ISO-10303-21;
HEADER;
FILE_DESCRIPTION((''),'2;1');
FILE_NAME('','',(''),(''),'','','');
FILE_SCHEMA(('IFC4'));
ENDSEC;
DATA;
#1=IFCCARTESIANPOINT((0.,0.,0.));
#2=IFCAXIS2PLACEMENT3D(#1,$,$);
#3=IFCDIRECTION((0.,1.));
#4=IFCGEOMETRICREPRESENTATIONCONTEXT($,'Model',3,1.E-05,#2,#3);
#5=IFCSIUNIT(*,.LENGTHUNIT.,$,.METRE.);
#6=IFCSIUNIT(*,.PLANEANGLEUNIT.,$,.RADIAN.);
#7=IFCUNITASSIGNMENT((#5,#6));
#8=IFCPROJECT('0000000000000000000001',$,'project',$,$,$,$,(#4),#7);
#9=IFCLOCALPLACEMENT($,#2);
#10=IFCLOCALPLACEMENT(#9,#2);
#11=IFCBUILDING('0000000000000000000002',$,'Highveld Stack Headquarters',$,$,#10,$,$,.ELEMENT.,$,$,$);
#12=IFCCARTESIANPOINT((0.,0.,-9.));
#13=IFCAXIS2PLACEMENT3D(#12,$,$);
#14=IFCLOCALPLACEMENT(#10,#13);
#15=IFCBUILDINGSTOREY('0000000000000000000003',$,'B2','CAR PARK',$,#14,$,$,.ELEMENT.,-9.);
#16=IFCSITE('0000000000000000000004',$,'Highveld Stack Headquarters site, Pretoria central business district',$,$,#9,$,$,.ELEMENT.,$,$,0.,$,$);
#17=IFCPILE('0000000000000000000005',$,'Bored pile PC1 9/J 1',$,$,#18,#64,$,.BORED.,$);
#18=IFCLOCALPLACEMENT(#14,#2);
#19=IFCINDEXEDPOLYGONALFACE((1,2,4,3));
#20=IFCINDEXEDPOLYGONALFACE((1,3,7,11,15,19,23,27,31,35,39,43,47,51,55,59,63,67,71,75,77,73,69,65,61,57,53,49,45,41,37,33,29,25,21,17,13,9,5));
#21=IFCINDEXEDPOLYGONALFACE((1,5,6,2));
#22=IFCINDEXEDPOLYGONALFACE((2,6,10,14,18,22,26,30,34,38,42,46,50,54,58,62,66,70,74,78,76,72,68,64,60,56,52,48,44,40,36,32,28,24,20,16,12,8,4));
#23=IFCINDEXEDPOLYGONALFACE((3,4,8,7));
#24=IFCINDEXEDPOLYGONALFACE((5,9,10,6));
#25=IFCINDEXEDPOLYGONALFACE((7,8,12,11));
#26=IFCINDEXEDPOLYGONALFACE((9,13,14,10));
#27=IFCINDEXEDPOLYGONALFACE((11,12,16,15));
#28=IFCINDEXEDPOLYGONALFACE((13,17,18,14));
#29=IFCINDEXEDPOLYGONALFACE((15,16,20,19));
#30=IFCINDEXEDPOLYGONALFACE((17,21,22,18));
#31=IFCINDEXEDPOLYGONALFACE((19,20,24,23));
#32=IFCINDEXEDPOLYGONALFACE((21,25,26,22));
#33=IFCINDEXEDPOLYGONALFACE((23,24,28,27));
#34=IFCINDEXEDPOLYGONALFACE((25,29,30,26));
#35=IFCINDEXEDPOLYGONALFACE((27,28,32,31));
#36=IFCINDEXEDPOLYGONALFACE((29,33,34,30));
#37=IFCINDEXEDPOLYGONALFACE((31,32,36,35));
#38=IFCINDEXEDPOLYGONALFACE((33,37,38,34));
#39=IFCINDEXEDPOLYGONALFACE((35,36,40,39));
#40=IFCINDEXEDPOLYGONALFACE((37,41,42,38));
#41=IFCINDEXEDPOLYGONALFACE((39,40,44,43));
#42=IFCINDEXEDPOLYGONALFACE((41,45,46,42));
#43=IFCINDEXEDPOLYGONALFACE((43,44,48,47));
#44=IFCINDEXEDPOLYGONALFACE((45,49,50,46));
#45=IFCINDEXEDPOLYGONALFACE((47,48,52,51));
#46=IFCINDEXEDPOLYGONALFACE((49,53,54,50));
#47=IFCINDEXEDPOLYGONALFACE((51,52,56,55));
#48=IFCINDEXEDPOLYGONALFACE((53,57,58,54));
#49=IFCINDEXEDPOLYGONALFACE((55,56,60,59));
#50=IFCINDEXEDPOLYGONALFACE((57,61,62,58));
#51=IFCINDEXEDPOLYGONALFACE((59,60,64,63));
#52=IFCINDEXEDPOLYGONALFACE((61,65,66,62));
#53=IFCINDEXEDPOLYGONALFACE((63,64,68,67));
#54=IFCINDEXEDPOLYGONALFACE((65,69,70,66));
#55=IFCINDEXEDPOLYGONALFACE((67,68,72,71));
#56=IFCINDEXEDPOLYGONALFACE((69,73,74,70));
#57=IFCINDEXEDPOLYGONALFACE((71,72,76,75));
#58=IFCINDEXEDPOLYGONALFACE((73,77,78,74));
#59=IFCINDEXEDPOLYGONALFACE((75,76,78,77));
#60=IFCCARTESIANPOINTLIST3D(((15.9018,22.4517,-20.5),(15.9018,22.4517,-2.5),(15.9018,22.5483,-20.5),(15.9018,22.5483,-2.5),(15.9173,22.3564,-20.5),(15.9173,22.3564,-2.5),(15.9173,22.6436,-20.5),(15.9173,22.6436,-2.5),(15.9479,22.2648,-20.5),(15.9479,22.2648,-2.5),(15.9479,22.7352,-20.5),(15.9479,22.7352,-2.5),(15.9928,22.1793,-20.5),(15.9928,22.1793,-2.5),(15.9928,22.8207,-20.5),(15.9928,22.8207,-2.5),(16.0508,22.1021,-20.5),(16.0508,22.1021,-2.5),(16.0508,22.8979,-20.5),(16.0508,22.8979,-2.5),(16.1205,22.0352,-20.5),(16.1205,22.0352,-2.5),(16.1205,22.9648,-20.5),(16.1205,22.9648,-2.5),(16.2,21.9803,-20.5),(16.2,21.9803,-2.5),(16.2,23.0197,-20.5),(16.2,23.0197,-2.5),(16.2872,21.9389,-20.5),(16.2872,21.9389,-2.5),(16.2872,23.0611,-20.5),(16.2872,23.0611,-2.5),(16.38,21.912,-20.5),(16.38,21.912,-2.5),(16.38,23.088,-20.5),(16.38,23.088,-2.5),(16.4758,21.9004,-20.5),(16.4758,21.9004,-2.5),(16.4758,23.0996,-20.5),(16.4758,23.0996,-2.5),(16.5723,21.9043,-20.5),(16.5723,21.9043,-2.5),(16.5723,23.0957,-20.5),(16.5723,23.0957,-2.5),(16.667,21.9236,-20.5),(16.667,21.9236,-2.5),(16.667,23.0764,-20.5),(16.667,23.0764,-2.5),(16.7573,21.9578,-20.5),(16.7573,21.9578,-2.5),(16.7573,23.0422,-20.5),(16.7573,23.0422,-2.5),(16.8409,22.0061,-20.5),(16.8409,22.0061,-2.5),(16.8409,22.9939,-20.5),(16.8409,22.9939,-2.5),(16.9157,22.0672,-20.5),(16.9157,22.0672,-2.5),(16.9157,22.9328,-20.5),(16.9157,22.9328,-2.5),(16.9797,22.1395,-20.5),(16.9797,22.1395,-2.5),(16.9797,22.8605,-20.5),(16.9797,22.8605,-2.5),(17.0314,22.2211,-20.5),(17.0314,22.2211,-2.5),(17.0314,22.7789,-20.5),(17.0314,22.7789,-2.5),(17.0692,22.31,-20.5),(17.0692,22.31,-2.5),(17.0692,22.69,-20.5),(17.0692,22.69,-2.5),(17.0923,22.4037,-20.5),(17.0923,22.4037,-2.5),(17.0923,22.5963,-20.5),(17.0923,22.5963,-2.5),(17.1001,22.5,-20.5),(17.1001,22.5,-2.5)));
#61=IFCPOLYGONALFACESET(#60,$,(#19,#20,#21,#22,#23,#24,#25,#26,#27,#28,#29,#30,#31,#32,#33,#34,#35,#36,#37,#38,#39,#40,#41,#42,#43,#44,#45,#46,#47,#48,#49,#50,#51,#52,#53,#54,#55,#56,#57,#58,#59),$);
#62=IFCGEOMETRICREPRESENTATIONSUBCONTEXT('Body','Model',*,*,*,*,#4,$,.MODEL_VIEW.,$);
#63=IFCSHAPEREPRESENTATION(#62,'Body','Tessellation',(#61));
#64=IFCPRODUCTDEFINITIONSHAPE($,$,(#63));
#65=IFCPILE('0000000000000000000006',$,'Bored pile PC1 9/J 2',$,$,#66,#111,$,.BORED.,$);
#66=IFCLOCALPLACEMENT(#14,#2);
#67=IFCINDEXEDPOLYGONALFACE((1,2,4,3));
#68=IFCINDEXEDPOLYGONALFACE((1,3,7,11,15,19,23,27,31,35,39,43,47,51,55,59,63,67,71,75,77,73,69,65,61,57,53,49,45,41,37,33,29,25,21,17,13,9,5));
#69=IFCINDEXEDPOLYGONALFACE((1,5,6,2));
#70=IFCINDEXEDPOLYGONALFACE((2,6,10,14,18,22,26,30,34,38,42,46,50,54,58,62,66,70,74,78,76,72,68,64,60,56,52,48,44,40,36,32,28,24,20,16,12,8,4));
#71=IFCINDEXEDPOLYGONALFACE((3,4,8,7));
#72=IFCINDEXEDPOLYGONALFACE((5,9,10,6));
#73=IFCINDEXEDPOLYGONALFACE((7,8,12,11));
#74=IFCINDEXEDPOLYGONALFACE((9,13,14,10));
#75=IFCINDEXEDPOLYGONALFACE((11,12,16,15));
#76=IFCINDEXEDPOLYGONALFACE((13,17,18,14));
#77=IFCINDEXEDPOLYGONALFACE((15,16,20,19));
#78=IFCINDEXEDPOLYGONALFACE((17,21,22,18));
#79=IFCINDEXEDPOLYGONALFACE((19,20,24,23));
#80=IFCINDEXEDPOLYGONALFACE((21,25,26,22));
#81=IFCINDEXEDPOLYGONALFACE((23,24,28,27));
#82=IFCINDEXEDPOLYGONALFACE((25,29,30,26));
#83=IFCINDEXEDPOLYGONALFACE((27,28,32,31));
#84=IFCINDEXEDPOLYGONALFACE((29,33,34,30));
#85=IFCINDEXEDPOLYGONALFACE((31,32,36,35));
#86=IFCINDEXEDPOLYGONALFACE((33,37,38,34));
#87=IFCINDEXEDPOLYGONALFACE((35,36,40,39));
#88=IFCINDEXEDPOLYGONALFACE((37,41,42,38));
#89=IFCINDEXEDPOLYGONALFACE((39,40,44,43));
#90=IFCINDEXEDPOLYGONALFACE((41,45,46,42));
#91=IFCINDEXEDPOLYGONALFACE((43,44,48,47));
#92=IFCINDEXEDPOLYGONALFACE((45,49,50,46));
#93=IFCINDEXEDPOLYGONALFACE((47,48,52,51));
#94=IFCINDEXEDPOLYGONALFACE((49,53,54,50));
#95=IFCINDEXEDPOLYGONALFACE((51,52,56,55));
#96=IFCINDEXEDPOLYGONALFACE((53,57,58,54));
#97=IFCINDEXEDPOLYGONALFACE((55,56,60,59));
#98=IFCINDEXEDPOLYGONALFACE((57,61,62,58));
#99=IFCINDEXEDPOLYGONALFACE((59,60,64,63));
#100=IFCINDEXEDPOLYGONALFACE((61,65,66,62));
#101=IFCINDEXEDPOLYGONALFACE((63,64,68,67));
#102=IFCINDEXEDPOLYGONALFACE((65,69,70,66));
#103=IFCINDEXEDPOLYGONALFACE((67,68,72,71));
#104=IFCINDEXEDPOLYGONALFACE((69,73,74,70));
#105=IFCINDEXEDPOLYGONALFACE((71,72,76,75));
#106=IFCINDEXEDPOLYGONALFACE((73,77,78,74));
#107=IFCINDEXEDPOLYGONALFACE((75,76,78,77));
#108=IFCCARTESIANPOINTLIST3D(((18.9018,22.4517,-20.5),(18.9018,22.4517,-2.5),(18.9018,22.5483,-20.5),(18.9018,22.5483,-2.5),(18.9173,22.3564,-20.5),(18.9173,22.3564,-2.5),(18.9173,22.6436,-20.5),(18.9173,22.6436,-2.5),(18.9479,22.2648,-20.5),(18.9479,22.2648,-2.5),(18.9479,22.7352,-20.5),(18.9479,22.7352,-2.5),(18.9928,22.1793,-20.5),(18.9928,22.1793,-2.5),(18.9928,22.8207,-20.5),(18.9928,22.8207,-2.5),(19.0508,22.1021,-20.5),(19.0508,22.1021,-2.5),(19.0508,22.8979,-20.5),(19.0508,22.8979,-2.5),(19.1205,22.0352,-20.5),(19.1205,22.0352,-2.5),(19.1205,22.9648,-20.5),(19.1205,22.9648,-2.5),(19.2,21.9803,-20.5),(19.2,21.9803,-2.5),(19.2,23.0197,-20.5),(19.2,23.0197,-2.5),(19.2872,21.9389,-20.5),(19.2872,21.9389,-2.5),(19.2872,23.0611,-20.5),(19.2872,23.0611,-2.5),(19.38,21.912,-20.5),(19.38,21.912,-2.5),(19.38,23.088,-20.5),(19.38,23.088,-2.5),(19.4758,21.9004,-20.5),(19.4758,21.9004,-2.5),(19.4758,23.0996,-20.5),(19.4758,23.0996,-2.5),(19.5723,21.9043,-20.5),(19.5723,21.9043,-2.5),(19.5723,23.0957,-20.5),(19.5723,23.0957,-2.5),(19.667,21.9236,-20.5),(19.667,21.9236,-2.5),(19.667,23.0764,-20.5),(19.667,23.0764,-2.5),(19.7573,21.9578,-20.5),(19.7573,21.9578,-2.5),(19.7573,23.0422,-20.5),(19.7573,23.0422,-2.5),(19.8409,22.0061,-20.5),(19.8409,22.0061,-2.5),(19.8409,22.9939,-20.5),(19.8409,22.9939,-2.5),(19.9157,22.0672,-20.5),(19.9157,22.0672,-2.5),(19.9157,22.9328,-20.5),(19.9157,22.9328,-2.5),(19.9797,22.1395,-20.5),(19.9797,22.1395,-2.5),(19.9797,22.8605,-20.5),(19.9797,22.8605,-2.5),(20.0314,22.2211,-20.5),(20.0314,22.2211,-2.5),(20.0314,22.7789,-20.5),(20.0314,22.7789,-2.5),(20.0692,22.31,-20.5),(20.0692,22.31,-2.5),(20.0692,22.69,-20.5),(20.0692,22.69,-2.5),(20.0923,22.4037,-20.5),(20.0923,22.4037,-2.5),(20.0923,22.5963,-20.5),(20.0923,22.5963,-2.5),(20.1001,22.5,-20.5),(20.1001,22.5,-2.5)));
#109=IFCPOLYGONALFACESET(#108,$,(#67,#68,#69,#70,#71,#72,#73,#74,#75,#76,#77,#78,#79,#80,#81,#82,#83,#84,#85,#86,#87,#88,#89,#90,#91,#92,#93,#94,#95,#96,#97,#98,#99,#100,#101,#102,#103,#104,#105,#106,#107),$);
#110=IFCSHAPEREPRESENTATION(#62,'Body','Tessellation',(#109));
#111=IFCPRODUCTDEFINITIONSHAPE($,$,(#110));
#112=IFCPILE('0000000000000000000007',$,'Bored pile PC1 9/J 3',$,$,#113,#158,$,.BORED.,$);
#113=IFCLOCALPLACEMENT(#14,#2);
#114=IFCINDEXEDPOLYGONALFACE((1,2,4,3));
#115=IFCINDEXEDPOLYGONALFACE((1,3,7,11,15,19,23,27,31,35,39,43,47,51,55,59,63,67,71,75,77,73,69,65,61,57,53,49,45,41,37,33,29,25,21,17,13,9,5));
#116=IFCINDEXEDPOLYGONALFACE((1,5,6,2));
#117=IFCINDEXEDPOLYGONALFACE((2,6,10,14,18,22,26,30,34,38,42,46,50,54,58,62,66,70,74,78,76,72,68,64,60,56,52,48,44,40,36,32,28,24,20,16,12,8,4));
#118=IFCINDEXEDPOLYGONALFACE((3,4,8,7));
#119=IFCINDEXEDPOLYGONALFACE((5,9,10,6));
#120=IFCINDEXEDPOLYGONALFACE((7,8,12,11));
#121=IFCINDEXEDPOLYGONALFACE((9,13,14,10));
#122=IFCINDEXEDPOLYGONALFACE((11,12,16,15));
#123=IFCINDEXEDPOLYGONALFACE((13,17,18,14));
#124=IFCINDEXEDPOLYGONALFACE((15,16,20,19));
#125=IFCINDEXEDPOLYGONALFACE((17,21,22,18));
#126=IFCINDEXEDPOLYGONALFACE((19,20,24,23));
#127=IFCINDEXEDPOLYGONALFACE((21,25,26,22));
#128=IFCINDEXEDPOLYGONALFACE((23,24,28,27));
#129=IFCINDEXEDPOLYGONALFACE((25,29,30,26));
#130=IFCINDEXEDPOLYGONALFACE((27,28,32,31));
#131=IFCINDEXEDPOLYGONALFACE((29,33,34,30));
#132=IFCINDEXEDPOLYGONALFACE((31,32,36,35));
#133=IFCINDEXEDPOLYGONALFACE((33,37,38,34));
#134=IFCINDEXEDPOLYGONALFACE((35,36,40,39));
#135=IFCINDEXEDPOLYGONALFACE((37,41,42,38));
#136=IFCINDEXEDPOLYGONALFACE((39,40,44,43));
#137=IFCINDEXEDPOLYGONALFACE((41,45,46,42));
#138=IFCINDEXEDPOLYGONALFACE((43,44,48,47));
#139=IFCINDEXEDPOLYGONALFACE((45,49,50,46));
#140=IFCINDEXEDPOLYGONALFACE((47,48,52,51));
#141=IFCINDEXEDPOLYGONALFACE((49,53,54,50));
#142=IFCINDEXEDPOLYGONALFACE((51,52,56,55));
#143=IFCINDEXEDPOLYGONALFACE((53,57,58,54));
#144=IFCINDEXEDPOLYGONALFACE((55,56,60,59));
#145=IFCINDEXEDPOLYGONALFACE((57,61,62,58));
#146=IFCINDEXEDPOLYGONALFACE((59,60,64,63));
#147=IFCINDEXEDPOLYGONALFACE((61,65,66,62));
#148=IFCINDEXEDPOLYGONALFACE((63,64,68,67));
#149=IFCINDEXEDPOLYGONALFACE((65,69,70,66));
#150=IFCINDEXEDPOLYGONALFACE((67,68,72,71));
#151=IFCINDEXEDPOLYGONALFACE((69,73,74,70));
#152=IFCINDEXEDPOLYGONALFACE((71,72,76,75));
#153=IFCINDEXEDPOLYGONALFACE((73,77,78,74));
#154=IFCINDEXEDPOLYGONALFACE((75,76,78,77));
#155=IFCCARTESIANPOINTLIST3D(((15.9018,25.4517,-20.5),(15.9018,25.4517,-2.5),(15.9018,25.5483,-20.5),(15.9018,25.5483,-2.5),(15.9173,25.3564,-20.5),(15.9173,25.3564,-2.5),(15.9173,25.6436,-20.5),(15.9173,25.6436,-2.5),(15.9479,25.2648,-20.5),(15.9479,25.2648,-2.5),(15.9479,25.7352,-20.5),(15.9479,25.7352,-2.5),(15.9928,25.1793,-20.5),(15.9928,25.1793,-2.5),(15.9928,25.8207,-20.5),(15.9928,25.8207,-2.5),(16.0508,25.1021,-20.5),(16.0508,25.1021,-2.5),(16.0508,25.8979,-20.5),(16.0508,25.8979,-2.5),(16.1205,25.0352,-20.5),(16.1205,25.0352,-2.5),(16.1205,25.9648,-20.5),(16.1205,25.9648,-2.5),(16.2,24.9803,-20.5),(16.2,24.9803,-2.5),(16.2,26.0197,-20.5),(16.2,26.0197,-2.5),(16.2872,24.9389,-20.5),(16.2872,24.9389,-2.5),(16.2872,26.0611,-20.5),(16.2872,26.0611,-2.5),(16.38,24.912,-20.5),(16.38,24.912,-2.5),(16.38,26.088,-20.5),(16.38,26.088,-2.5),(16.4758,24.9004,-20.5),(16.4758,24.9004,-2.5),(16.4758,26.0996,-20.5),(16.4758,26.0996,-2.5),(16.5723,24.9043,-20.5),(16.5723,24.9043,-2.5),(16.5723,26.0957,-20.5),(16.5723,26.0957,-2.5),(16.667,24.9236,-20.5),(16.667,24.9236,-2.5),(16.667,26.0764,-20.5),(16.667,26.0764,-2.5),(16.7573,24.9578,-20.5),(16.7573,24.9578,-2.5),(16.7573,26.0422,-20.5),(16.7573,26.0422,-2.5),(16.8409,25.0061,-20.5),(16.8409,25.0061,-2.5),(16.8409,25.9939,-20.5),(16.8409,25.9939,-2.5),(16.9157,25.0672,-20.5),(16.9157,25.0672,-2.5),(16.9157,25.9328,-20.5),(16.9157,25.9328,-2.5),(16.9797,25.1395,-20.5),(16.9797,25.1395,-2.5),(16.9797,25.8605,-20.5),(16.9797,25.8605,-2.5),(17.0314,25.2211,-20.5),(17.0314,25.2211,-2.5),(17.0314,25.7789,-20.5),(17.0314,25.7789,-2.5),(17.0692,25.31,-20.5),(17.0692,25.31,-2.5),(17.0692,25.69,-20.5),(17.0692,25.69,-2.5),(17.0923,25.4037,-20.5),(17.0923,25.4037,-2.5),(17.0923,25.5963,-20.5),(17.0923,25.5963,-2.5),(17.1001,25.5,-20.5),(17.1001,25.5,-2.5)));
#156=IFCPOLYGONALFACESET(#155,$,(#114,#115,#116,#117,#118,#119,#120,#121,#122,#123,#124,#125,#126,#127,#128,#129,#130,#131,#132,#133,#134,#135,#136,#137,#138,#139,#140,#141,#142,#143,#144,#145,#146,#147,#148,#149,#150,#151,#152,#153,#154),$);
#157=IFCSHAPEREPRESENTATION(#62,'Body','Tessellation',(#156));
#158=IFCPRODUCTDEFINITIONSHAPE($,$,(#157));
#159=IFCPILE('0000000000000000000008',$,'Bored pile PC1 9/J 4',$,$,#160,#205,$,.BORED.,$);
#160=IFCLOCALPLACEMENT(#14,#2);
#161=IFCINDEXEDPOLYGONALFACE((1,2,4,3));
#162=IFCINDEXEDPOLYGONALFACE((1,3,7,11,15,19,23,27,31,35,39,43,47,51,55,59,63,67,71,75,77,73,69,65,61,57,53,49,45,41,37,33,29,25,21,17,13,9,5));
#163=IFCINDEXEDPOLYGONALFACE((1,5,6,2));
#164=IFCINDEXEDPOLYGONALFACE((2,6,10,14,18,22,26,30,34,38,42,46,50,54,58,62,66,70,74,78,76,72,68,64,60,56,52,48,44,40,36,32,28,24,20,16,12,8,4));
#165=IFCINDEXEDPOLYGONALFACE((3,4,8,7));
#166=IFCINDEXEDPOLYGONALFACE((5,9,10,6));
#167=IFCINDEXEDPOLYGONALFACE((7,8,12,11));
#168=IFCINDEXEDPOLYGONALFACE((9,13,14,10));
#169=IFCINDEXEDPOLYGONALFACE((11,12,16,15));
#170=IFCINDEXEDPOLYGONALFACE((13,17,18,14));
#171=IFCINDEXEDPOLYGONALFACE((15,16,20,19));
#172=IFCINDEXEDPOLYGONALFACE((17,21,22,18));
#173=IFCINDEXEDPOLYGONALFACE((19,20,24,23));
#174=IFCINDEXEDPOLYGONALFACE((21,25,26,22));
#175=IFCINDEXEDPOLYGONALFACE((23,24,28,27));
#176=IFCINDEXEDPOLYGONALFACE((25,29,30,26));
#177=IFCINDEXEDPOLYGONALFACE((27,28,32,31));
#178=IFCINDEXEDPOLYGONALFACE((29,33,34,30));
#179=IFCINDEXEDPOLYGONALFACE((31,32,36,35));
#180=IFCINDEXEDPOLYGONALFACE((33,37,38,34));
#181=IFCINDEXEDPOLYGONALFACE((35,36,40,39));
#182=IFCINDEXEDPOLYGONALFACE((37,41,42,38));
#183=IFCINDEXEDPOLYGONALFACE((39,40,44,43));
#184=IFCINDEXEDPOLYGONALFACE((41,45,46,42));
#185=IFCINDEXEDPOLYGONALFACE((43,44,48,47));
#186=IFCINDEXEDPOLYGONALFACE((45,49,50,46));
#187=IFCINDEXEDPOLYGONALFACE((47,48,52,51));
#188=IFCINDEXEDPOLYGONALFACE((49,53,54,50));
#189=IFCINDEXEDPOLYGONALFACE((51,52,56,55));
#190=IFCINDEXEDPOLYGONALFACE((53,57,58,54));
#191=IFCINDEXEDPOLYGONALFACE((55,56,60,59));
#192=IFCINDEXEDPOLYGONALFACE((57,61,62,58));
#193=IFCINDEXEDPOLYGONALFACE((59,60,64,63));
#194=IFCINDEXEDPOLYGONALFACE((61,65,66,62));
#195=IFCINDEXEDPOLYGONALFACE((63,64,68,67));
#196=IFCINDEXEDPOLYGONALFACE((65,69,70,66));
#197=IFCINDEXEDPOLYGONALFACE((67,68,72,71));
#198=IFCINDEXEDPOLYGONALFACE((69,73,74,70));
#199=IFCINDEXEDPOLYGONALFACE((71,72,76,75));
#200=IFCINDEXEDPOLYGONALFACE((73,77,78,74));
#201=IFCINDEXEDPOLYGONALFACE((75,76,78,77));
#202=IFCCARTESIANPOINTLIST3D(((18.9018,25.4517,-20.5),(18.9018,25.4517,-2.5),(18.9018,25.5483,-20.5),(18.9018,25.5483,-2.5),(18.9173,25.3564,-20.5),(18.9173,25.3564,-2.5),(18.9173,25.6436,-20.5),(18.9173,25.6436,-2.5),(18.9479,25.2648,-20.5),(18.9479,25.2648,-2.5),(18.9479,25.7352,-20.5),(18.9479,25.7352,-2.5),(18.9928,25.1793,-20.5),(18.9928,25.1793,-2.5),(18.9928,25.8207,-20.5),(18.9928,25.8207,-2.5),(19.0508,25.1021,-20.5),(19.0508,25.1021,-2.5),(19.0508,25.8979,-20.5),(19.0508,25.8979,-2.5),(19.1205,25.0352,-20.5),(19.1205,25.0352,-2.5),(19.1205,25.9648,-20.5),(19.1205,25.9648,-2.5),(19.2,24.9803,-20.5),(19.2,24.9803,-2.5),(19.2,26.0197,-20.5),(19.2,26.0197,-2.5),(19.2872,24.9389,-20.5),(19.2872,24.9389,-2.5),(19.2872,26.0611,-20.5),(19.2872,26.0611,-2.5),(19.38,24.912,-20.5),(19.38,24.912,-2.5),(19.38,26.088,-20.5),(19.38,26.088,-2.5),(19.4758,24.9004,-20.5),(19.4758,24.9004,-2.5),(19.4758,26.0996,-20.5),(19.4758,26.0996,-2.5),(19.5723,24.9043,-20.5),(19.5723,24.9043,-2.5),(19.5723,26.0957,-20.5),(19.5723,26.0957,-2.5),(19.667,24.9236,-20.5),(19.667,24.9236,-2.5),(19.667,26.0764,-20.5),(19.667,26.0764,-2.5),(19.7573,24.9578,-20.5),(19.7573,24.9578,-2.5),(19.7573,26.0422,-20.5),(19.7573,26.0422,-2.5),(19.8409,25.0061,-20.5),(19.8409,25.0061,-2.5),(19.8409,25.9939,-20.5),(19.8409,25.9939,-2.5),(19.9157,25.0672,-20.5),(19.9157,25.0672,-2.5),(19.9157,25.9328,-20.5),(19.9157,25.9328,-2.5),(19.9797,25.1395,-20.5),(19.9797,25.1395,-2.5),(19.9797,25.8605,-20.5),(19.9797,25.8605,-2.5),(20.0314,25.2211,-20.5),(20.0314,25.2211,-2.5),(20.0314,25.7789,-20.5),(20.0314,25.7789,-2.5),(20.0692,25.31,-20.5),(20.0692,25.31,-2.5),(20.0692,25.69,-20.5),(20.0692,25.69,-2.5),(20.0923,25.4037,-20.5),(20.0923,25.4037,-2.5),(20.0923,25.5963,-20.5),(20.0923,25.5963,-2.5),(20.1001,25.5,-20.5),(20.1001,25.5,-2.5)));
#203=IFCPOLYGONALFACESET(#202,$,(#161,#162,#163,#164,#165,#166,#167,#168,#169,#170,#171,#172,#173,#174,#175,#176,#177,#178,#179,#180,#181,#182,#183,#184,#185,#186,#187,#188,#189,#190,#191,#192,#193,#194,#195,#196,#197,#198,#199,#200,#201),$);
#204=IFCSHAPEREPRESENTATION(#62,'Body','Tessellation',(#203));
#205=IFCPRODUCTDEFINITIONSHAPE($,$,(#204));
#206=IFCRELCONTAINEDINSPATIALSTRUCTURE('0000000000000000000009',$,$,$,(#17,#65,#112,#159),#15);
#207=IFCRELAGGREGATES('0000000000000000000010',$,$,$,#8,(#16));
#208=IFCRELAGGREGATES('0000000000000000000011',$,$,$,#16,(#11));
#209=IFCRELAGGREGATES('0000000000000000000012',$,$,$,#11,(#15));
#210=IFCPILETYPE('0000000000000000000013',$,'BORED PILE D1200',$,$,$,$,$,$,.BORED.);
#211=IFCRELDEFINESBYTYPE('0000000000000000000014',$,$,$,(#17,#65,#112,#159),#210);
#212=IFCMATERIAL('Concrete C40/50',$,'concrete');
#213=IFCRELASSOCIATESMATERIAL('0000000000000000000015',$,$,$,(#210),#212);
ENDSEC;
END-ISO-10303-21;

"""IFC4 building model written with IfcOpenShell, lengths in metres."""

from ifc_helpers import new_model, si_unit, direction, frame, origin, origin_2d, place, context, subcontext, project, spatial, circle, extrude, material, type_object, element, save


model = new_model("IFC4")

# Units and contexts
model_context = context("Model", 3, precision=1e-05, world=origin(), true_north=direction((0.0, 1.0)))
body_context = subcontext(model_context, "Body", "Model", "MODEL_VIEW")
ifc_project = project(units=[si_unit("LENGTHUNIT", "METRE"), si_unit("PLANEANGLEUNIT", "RADIAN")], contexts=[model_context])

# Site, building, storey
site_placement = place(None, origin())
site = spatial("IfcSite", under=ifc_project, at=site_placement, Name="Highveld Stack Headquarters site, Pretoria central business district", CompositionType="ELEMENT", RefElevation=0.0)
building_placement = place(site_placement, origin())
building = spatial("IfcBuilding", under=site, at=building_placement, Name="Highveld Stack Headquarters", CompositionType="ELEMENT")
storey_placement = place(building_placement, frame((0.0, 0.0, -9.0)))
storey = spatial("IfcBuildingStorey", under=building, at=storey_placement, Name="B2", Description="CAR PARK", CompositionType="ELEMENT", Elevation=-9.0)

# Piles
ifc_material_1 = material(Name="Concrete C40/50", Category="concrete")
pile_type_1 = type_object("IfcPileType", Name="BORED PILE D1200", PredefinedType="BORED", material=ifc_material_1)
for number, where, z_axis, x_axis, name in (
    (1, (16.5, 22.5, -2.5), (0.0, 0.0, -1.0), (1.0, 0.0, 0.0), "Bored pile PC1 9/J 1"),
    (2, (19.5, 22.5, -2.5), (0.0, 0.0, -1.0), (1.0, 0.0, 0.0), "Bored pile PC1 9/J 2"),
    (3, (16.5, 25.5, -2.5), (0.0, 0.0, -1.0), (1.0, 0.0, 0.0), "Bored pile PC1 9/J 3"),
    (4, (19.5, 25.5, -2.5), (0.0, 0.0, -1.0), (1.0, 0.0, 0.0), "Bored pile PC1 9/J 4"),
):
    element("IfcPile", number, at=place(storey_placement, frame(where, z_axis=z_axis, x_axis=x_axis)), inside=storey, type_object=pile_type_1, Name=name, PredefinedType="BORED", context=body_context, shape_type="SweptSolid", body=[
        extrude(circle(Radius=0.6001, at=origin_2d()), origin(), (0.0, 0.0, 1.0), 18.0),
    ])

save(model, "model.ifc")
